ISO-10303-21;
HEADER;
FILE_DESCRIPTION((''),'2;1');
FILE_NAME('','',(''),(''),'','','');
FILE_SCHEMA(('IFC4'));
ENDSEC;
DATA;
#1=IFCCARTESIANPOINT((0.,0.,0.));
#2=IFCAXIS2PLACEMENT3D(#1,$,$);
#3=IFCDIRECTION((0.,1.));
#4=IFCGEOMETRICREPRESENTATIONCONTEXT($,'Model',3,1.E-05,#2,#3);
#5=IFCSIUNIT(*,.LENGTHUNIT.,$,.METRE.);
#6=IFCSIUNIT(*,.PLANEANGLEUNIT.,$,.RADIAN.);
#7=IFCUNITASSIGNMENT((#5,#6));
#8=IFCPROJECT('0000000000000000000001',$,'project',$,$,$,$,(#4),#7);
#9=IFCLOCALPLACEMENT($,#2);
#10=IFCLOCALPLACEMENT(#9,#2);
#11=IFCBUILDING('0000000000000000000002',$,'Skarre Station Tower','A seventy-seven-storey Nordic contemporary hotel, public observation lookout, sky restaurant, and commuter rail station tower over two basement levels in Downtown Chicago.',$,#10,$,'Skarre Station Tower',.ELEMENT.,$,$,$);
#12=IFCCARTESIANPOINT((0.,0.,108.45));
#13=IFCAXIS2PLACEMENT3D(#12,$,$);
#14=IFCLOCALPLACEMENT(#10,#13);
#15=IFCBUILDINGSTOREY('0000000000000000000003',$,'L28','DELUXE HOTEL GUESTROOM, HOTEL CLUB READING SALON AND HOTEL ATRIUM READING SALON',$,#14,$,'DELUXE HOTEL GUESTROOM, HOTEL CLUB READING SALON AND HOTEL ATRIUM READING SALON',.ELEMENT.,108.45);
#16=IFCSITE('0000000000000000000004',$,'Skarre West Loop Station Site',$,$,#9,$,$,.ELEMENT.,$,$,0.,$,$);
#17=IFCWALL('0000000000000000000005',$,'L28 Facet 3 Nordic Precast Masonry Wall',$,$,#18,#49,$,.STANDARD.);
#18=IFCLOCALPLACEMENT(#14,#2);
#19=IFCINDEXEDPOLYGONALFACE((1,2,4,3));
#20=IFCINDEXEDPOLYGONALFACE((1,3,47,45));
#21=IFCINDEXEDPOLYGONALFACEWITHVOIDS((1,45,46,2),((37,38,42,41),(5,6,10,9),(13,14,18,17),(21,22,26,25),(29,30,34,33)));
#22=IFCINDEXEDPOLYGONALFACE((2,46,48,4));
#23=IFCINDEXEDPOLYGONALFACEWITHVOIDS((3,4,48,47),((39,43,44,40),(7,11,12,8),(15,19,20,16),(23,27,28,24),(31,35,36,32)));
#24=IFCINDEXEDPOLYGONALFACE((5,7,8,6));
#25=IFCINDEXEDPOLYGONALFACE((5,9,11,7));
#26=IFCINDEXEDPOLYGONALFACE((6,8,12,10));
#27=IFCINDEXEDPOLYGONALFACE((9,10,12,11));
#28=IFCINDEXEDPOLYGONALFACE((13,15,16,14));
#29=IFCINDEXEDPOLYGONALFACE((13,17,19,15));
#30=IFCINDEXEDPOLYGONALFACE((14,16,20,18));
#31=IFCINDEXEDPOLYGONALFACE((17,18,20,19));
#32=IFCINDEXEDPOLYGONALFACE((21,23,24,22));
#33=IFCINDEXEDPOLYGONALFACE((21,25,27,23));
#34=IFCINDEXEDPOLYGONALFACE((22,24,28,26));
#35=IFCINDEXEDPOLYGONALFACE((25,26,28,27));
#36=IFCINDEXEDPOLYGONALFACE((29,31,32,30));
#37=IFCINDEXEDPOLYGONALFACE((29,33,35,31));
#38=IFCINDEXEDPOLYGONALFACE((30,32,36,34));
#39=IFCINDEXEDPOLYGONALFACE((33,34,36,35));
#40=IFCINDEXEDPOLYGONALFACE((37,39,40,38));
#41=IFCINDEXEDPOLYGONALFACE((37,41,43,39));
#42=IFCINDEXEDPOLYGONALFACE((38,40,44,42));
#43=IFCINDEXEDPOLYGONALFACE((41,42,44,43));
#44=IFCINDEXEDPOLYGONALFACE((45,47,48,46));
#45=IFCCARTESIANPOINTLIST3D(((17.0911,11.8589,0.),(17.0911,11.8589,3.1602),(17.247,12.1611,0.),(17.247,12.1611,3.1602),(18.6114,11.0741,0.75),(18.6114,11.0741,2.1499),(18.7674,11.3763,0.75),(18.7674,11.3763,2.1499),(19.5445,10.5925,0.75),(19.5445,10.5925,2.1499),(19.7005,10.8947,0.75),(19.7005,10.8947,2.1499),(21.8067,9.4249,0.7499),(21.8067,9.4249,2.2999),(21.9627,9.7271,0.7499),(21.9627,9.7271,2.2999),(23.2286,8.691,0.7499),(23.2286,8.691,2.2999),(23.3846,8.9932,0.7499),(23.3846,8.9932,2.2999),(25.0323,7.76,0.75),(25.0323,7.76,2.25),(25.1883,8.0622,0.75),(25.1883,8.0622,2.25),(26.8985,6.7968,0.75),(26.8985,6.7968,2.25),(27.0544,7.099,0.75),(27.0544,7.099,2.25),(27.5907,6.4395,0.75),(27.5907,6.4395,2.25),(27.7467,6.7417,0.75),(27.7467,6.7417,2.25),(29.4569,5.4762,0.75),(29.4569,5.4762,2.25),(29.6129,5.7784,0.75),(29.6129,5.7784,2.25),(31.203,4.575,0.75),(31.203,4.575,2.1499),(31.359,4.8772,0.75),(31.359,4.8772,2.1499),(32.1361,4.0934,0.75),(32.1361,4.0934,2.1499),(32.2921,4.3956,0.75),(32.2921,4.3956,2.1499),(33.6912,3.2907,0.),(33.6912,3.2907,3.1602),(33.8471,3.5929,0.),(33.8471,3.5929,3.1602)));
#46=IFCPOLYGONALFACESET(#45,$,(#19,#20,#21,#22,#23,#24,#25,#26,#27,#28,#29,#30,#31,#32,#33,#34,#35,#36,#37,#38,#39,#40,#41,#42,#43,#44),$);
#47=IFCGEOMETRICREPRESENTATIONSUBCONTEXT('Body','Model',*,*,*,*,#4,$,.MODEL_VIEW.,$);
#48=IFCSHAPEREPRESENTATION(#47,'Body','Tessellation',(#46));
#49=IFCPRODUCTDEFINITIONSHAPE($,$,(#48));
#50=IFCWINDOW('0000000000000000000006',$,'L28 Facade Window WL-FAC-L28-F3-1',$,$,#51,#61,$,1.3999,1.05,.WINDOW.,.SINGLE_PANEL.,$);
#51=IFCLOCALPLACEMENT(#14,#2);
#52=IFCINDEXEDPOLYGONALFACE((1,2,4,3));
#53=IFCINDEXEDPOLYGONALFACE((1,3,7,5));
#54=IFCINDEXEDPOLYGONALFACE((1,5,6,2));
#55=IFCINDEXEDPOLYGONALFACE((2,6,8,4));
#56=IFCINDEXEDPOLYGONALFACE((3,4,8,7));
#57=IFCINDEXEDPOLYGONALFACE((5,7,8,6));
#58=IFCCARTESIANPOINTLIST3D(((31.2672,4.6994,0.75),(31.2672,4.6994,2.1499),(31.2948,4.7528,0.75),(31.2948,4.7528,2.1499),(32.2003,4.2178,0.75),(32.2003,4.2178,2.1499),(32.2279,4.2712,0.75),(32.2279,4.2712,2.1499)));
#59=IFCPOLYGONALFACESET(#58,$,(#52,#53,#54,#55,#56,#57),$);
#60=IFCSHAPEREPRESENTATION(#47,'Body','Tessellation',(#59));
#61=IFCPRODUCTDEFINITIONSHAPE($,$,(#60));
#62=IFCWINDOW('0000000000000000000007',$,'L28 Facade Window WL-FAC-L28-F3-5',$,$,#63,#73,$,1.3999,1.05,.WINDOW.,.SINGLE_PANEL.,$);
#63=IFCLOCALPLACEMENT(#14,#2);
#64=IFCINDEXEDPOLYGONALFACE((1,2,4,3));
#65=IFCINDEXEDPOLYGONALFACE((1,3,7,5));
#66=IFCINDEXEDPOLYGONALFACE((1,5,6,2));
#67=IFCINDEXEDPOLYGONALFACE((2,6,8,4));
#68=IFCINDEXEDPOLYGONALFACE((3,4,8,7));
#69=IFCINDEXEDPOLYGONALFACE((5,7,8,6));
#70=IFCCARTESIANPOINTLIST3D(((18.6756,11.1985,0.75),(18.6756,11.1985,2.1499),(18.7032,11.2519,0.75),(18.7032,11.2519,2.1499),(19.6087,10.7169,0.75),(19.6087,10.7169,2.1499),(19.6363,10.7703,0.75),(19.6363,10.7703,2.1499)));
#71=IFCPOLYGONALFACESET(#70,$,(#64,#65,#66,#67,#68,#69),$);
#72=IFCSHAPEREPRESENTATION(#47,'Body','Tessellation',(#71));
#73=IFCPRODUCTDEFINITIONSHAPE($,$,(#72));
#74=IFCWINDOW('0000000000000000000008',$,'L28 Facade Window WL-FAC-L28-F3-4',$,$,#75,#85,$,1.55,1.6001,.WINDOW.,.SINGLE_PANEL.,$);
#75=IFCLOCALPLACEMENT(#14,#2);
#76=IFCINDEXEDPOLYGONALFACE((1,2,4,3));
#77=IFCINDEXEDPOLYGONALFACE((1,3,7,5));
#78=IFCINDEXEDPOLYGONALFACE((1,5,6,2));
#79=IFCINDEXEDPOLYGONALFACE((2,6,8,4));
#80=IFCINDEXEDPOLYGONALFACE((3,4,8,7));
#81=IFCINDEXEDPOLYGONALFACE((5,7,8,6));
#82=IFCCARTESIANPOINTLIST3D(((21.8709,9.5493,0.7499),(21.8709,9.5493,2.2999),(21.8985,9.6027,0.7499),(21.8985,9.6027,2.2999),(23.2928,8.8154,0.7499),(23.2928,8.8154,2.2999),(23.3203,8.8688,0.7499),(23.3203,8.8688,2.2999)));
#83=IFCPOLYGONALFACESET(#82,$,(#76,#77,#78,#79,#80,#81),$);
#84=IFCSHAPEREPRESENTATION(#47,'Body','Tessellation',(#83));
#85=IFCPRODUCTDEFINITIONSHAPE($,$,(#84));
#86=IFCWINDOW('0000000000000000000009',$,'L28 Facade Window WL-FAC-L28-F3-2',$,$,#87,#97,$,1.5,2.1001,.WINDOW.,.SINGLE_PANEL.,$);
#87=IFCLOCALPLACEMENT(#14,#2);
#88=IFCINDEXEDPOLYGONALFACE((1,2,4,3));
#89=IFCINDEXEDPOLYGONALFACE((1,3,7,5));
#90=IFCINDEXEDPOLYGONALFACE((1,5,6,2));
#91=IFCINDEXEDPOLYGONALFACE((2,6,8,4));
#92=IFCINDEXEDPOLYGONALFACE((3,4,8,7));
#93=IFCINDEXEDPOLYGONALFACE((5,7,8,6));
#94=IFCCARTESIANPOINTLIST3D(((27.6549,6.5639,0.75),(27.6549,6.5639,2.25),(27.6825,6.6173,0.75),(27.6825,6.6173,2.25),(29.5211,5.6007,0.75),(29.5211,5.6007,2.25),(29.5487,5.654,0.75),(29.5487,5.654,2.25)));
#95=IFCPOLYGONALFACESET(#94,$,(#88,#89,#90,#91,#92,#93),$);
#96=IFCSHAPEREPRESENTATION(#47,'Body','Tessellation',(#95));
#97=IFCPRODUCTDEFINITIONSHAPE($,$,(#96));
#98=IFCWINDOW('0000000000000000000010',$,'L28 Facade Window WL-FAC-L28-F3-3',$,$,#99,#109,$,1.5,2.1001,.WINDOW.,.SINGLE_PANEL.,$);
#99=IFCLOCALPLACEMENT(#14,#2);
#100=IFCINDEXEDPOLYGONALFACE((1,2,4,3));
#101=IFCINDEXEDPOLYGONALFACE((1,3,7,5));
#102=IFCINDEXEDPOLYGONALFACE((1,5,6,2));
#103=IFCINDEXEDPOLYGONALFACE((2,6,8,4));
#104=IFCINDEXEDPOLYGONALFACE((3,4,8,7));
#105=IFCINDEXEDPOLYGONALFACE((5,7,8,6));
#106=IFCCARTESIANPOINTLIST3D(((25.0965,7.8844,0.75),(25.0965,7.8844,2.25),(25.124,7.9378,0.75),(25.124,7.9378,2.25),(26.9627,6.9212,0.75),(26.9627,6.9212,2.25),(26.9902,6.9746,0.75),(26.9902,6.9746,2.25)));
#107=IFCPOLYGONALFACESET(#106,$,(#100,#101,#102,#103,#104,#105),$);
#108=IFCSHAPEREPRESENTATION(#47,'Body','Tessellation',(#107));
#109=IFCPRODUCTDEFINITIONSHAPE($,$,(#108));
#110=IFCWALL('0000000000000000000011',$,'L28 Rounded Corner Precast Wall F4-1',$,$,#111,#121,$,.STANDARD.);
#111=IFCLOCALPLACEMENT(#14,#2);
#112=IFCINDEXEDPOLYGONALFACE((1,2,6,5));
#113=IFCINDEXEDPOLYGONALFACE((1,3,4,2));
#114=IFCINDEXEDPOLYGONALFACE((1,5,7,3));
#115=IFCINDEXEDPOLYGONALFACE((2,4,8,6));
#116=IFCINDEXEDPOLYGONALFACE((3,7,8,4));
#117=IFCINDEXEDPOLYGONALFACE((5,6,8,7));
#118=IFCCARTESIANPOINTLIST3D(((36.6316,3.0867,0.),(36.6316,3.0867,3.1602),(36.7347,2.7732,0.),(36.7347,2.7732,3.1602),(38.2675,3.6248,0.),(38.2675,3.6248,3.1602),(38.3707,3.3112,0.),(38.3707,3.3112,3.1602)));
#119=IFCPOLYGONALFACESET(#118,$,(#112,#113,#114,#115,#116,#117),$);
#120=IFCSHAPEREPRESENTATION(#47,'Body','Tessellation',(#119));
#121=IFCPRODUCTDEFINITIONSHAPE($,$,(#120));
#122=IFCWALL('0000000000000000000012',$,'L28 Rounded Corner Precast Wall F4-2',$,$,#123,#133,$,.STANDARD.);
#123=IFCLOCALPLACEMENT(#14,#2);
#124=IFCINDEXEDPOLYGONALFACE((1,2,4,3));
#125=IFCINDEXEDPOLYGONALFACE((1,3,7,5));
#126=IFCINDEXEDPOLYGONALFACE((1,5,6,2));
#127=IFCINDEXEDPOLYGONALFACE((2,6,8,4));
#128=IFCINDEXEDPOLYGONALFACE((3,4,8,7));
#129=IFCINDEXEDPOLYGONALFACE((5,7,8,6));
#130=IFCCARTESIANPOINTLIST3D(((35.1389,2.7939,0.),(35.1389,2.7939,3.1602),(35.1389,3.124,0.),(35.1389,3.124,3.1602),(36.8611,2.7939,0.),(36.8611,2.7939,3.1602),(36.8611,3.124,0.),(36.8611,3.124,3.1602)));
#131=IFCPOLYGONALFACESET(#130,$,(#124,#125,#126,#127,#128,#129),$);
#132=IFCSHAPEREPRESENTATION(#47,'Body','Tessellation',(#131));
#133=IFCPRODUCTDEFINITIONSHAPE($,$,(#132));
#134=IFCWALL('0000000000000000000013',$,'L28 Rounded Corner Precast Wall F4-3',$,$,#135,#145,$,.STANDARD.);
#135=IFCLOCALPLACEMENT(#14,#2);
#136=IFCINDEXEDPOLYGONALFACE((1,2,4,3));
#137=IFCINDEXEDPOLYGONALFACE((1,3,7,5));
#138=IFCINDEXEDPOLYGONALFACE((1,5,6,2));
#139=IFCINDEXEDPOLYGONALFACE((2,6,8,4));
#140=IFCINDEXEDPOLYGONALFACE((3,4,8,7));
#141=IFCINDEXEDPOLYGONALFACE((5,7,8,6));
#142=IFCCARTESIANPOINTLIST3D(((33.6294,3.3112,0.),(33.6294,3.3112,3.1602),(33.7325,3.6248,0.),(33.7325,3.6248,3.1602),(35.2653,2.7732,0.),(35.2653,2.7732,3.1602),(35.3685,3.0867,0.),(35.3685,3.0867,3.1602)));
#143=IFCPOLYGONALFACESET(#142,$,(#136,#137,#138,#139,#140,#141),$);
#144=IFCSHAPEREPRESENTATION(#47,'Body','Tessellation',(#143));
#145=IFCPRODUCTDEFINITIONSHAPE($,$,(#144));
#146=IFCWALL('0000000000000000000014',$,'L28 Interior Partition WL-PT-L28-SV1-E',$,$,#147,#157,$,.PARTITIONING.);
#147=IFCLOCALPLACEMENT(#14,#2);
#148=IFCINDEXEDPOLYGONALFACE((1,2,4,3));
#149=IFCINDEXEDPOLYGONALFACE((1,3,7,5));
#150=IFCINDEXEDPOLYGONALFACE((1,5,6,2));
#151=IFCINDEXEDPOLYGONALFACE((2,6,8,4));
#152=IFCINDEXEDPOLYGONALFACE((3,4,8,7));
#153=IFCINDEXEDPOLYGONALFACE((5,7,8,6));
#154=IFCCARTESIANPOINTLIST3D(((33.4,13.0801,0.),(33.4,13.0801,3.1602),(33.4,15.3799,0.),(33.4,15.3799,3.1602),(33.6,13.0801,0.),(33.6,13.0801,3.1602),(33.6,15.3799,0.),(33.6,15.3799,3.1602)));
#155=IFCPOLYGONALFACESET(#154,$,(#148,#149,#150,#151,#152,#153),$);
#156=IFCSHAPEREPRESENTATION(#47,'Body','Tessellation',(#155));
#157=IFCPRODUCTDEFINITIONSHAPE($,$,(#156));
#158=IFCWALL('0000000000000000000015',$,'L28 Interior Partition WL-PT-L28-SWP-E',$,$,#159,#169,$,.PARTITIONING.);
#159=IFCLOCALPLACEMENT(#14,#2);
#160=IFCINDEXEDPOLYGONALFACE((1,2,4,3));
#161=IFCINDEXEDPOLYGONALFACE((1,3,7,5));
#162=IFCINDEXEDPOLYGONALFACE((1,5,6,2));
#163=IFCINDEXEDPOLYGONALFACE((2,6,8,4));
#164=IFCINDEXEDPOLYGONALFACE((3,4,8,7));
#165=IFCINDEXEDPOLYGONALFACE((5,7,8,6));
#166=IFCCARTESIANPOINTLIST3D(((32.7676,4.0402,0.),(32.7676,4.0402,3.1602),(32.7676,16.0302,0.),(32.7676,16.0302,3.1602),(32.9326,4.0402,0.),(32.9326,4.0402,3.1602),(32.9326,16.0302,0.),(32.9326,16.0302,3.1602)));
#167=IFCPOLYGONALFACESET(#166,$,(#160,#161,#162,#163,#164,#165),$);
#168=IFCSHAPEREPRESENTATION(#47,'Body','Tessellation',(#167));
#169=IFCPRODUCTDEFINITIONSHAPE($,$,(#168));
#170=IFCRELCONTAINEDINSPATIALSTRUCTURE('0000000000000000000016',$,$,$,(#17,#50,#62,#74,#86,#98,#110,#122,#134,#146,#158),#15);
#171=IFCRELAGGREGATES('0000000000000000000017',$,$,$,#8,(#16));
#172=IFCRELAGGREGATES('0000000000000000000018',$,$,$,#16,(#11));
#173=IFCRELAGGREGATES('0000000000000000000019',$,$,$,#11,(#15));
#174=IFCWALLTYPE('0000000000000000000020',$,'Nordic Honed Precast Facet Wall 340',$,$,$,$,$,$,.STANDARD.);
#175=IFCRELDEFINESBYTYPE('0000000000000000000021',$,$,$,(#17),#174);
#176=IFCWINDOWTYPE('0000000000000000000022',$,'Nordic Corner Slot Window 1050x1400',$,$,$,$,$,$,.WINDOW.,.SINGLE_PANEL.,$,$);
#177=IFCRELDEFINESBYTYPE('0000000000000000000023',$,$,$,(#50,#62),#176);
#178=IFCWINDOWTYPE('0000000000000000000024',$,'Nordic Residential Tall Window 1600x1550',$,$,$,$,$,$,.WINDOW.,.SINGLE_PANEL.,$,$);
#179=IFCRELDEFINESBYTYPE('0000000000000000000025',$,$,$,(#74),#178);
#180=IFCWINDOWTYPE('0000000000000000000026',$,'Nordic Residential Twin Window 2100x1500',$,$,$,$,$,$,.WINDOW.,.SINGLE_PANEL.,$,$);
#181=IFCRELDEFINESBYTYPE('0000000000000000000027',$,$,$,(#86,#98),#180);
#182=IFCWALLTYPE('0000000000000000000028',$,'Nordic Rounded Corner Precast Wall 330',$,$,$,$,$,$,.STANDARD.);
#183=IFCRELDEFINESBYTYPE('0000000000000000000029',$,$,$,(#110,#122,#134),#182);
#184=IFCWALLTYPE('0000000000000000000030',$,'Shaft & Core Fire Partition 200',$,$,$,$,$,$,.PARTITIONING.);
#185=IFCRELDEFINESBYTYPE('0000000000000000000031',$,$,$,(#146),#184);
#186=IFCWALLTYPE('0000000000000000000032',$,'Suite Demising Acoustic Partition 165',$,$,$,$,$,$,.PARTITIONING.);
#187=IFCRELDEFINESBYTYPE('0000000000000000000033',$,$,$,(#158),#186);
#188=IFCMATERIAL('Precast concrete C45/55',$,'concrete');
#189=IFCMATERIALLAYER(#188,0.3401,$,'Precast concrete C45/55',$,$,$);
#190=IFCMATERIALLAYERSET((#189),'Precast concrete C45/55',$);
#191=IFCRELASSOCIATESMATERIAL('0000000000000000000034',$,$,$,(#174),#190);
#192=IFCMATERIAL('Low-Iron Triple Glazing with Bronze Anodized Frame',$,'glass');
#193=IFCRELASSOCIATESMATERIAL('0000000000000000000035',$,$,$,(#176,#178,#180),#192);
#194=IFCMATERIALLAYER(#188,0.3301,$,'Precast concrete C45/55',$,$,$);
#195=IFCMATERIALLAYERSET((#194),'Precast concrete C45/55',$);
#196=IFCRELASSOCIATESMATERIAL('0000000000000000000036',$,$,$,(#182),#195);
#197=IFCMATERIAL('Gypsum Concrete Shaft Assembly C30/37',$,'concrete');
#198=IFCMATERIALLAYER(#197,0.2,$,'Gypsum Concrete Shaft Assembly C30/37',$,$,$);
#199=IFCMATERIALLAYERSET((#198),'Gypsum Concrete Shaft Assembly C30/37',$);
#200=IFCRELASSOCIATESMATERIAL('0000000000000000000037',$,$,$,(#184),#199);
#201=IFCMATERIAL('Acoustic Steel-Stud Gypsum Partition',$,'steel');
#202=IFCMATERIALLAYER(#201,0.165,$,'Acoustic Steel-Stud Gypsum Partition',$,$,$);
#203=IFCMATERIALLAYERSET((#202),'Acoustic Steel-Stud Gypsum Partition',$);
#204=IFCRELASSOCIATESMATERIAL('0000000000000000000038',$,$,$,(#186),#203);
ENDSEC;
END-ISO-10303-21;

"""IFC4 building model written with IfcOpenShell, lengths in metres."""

from ifc_helpers import new_model, si_unit, direction, frame, frame_2d, origin, place, context, subcontext, project, spatial, rectangle, extrude, material, layer, layer_set, type_object, element, fill, save


model = new_model("IFC4")

# Units and contexts
model_context = context("Model", 3, precision=1e-05, world=origin(), true_north=direction((0.0, 1.0)))
body_context = subcontext(model_context, "Body", "Model", "MODEL_VIEW")
ifc_project = project(units=[si_unit("LENGTHUNIT", "METRE"), si_unit("PLANEANGLEUNIT", "RADIAN")], contexts=[model_context])

# Site, building, storey
site_placement = place(None, origin())
site = spatial("IfcSite", under=ifc_project, at=site_placement, Name="Skarre West Loop Station Site", CompositionType="ELEMENT", RefElevation=0.0)
building_placement = place(site_placement, origin())
building = spatial("IfcBuilding", under=site, at=building_placement, Name="Skarre Station Tower", Description="A seventy-seven-storey Nordic contemporary hotel, public observation lookout, sky restaurant, and commuter rail station tower over two basement levels in Downtown Chicago.", LongName="Skarre Station Tower", CompositionType="ELEMENT")
storey_placement = place(building_placement, frame((0.0, 0.0, 108.45)))
storey = spatial("IfcBuildingStorey", under=building, at=storey_placement, Name="L28", Description="DELUXE HOTEL GUESTROOM, HOTEL CLUB READING SALON AND HOTEL ATRIUM READING SALON", LongName="DELUXE HOTEL GUESTROOM, HOTEL CLUB READING SALON AND HOTEL ATRIUM READING SALON", CompositionType="ELEMENT", Elevation=108.45)

# Wall, openings, windows
ifc_material_1 = material(Name="Precast concrete C45/55", Category="concrete")
ifc_layer_1 = layer(ifc_material_1, 0.3401, Name="Precast concrete C45/55")
ifc_layer_set_1 = layer_set([ifc_layer_1], Name="Precast concrete C45/55")
wall_type_1 = type_object("IfcWallType", Name="Nordic Honed Precast Facet Wall 340", PredefinedType="STANDARD", material=ifc_layer_set_1)
wall_1_placement = place(storey_placement, frame((33.769, 3.4419, 0.0), z_axis=(0.0, 0.0, 1.0), x_axis=(-0.888614, 0.458657, 0.0)))
wall_1 = element("IfcWall", 1, at=wall_1_placement, inside=storey, type_object=wall_type_1, Name="L28 Facet 3 Nordic Precast Masonry Wall", PredefinedType="STANDARD", context=body_context, shape_type="SweptSolid", body=[
    extrude(rectangle(XDim=18.6809, YDim=0.3401, at=frame_2d((9.3403, 0.0))), origin(), (0.0, 0.0, 1.0), 3.1602),
])
opening_1_placement = place(wall_1_placement, frame((1.75, 0.0, 0.75)))
opening_1 = element("IfcOpeningElement", 2, at=opening_1_placement, cuts=wall_1, PredefinedType="OPENING", context=body_context, shape_type="SweptSolid", body=[
    extrude(rectangle(XDim=1.05, YDim=1.3999, at=frame_2d((0.5249, 0.7))), frame((0.0, 0.1799, 0.0), z_axis=(0.0, -1.0, 0.0), x_axis=(1.0, 0.0, 0.0)), (0.0, 0.0, 1.0), 0.3601),
])
opening_2_placement = place(wall_1_placement, frame((4.7649, 0.0, 0.75)))
opening_2 = element("IfcOpeningElement", 3, at=opening_2_placement, cuts=wall_1, PredefinedType="OPENING", context=body_context, shape_type="SweptSolid", body=[
    extrude(rectangle(XDim=2.1001, YDim=1.5, at=frame_2d((1.05, 0.75))), frame((0.0, 0.1799, 0.0), z_axis=(0.0, -1.0, 0.0), x_axis=(1.0, 0.0, 0.0)), (0.0, 0.0, 1.0), 0.3601),
])
opening_3_placement = place(wall_1_placement, frame((7.644, 0.0, 0.75)))
opening_3 = element("IfcOpeningElement", 4, at=opening_3_placement, cuts=wall_1, PredefinedType="OPENING", context=body_context, shape_type="SweptSolid", body=[
    extrude(rectangle(XDim=2.1001, YDim=1.5, at=frame_2d((1.05, 0.75))), frame((0.0, 0.1799, 0.0), z_axis=(0.0, -1.0, 0.0), x_axis=(1.0, 0.0, 0.0)), (0.0, 0.0, 1.0), 0.3601),
])
opening_4_placement = place(wall_1_placement, frame((11.7739, 0.0, 0.75)))
opening_4 = element("IfcOpeningElement", 5, at=opening_4_placement, cuts=wall_1, PredefinedType="OPENING", context=body_context, shape_type="SweptSolid", body=[
    extrude(rectangle(XDim=1.6001, YDim=1.55, at=frame_2d((0.8, 0.7749))), frame((0.0, 0.1799, 0.0), z_axis=(0.0, -1.0, 0.0), x_axis=(1.0, 0.0, 0.0)), (0.0, 0.0, 1.0), 0.3601),
])
opening_5_placement = place(wall_1_placement, frame((15.9199, 0.0, 0.75)))
opening_5 = element("IfcOpeningElement", 6, at=opening_5_placement, cuts=wall_1, PredefinedType="OPENING", context=body_context, shape_type="SweptSolid", body=[
    extrude(rectangle(XDim=1.05, YDim=1.3999, at=frame_2d((0.5249, 0.7))), frame((0.0, 0.1799, 0.0), z_axis=(0.0, -1.0, 0.0), x_axis=(1.0, 0.0, 0.0)), (0.0, 0.0, 1.0), 0.3601),
])
ifc_material_2 = material(Name="Low-Iron Triple Glazing with Bronze Anodized Frame", Category="glass")
window_type_1 = type_object("IfcWindowType", Name="Nordic Corner Slot Window 1050x1400", PartitioningType="SINGLE_PANEL", PredefinedType="WINDOW", material=ifc_material_2)
window_1_placement = place(opening_1_placement, origin())
window_1 = element("IfcWindow", 7, at=window_1_placement, inside=storey, type_object=window_type_1, Name="L28 Facade Window WL-FAC-L28-F3-1", OverallHeight=1.3999, OverallWidth=1.05, PartitioningType="SINGLE_PANEL", PredefinedType="WINDOW", context=body_context, shape_type="SweptSolid", body=[
    extrude(rectangle(XDim=1.05, YDim=1.3999, at=frame_2d((0.5249, 0.7))), frame((0.0, 0.03, 0.0), z_axis=(0.0, -1.0, 0.0), x_axis=(1.0, 0.0, 0.0)), (0.0, 0.0, 1.0), 0.0601),
])
fill(opening_1, window_1)
window_2_placement = place(opening_5_placement, origin())
window_2 = element("IfcWindow", 8, at=window_2_placement, inside=storey, type_object=window_type_1, Name="L28 Facade Window WL-FAC-L28-F3-5", OverallHeight=1.3999, OverallWidth=1.05, PartitioningType="SINGLE_PANEL", PredefinedType="WINDOW", context=body_context, shape_type="SweptSolid", body=[
    extrude(rectangle(XDim=1.05, YDim=1.3999, at=frame_2d((0.5249, 0.7))), frame((0.0, 0.03, 0.0), z_axis=(0.0, -1.0, 0.0), x_axis=(1.0, 0.0, 0.0)), (0.0, 0.0, 1.0), 0.0601),
])
fill(opening_5, window_2)
window_type_2 = type_object("IfcWindowType", Name="Nordic Residential Tall Window 1600x1550", PartitioningType="SINGLE_PANEL", PredefinedType="WINDOW", material=ifc_material_2)
window_3_placement = place(opening_4_placement, origin())
window_3 = element("IfcWindow", 9, at=window_3_placement, inside=storey, type_object=window_type_2, Name="L28 Facade Window WL-FAC-L28-F3-4", OverallHeight=1.55, OverallWidth=1.6001, PartitioningType="SINGLE_PANEL", PredefinedType="WINDOW", context=body_context, shape_type="SweptSolid", body=[
    extrude(rectangle(XDim=1.6001, YDim=1.55, at=frame_2d((0.8, 0.7749))), frame((0.0, 0.03, 0.0), z_axis=(0.0, -1.0, 0.0), x_axis=(1.0, 0.0, 0.0)), (0.0, 0.0, 1.0), 0.0601),
])
fill(opening_4, window_3)
window_type_3 = type_object("IfcWindowType", Name="Nordic Residential Twin Window 2100x1500", PartitioningType="SINGLE_PANEL", PredefinedType="WINDOW", material=ifc_material_2)
window_4_placement = place(opening_2_placement, origin())
window_4 = element("IfcWindow", 10, at=window_4_placement, inside=storey, type_object=window_type_3, Name="L28 Facade Window WL-FAC-L28-F3-2", OverallHeight=1.5, OverallWidth=2.1001, PartitioningType="SINGLE_PANEL", PredefinedType="WINDOW", context=body_context, shape_type="SweptSolid", body=[
    extrude(rectangle(XDim=2.1001, YDim=1.5, at=frame_2d((1.05, 0.75))), frame((0.0, 0.03, 0.0), z_axis=(0.0, -1.0, 0.0), x_axis=(1.0, 0.0, 0.0)), (0.0, 0.0, 1.0), 0.0601),
])
fill(opening_2, window_4)
window_5_placement = place(opening_3_placement, origin())
window_5 = element("IfcWindow", 11, at=window_5_placement, inside=storey, type_object=window_type_3, Name="L28 Facade Window WL-FAC-L28-F3-3", OverallHeight=1.5, OverallWidth=2.1001, PartitioningType="SINGLE_PANEL", PredefinedType="WINDOW", context=body_context, shape_type="SweptSolid", body=[
    extrude(rectangle(XDim=2.1001, YDim=1.5, at=frame_2d((1.05, 0.75))), frame((0.0, 0.03, 0.0), z_axis=(0.0, -1.0, 0.0), x_axis=(1.0, 0.0, 0.0)), (0.0, 0.0, 1.0), 0.0601),
])
fill(opening_3, window_5)

# Walls
ifc_layer_2 = layer(ifc_material_1, 0.3301, Name="Precast concrete C45/55")
ifc_layer_set_2 = layer_set([ifc_layer_2], Name="Precast concrete C45/55")
wall_type_2 = type_object("IfcWallType", Name="Nordic Rounded Corner Precast Wall 330", PredefinedType="STANDARD", material=ifc_layer_set_2)
for number, where, z_axis, x_axis, name in (
    (12, (38.3191, 3.468, 0.0), (0.0, 0.0, 1.0), (-0.949937, -0.31244, 0.0), "L28 Rounded Corner Precast Wall F4-1"),
    (13, (36.8611, 2.959, 0.0), (0.0, 0.0, 1.0), (-1.0, 0.0, 0.0), "L28 Rounded Corner Precast Wall F4-2"),
    (14, (35.3169, 2.9299, 0.0), (0.0, 0.0, 1.0), (-0.949937, 0.31244, 0.0), "L28 Rounded Corner Precast Wall F4-3"),
):
    element("IfcWall", number, at=place(storey_placement, frame(where, z_axis=z_axis, x_axis=x_axis)), inside=storey, type_object=wall_type_2, Name=name, PredefinedType="STANDARD", context=body_context, shape_type="SweptSolid", body=[
        extrude(rectangle(XDim=1.7222, YDim=0.3301, at=frame_2d((0.8611, 0.0))), origin(), (0.0, 0.0, 1.0), 3.1602),
    ])
ifc_material_3 = material(Name="Gypsum Concrete Shaft Assembly C30/37", Category="concrete")
ifc_layer_3 = layer(ifc_material_3, 0.2, Name="Gypsum Concrete Shaft Assembly C30/37")
ifc_layer_set_3 = layer_set([ifc_layer_3], Name="Gypsum Concrete Shaft Assembly C30/37")
wall_type_3 = type_object("IfcWallType", Name="Shaft & Core Fire Partition 200", PredefinedType="PARTITIONING", material=ifc_layer_set_3)
wall_2_placement = place(storey_placement, frame((33.5, 13.0801, 0.0), z_axis=(0.0, 0.0, 1.0), x_axis=(0.0, 1.0, 0.0)))
element("IfcWall", 15, at=wall_2_placement, inside=storey, type_object=wall_type_3, Name="L28 Interior Partition WL-PT-L28-SV1-E", PredefinedType="PARTITIONING", context=body_context, shape_type="SweptSolid", body=[
    extrude(rectangle(XDim=2.2998, YDim=0.2, at=frame_2d((1.1499, 0.0))), origin(), (0.0, 0.0, 1.0), 3.1602),
])
ifc_material_4 = material(Name="Acoustic Steel-Stud Gypsum Partition", Category="steel")
ifc_layer_4 = layer(ifc_material_4, 0.165, Name="Acoustic Steel-Stud Gypsum Partition")
ifc_layer_set_4 = layer_set([ifc_layer_4], Name="Acoustic Steel-Stud Gypsum Partition")
wall_type_4 = type_object("IfcWallType", Name="Suite Demising Acoustic Partition 165", PredefinedType="PARTITIONING", material=ifc_layer_set_4)
wall_3_placement = place(storey_placement, frame((32.8501, 4.04, 0.0), z_axis=(0.0, 0.0, 1.0), x_axis=(0.0, 1.0, 0.0)))
element("IfcWall", 16, at=wall_3_placement, inside=storey, type_object=wall_type_4, Name="L28 Interior Partition WL-PT-L28-SWP-E", PredefinedType="PARTITIONING", context=body_context, shape_type="SweptSolid", body=[
    extrude(rectangle(XDim=11.99, YDim=0.165, at=frame_2d((5.9951, 0.0))), origin(), (0.0, 0.0, 1.0), 3.1602),
])

save(model, "model.ifc")
